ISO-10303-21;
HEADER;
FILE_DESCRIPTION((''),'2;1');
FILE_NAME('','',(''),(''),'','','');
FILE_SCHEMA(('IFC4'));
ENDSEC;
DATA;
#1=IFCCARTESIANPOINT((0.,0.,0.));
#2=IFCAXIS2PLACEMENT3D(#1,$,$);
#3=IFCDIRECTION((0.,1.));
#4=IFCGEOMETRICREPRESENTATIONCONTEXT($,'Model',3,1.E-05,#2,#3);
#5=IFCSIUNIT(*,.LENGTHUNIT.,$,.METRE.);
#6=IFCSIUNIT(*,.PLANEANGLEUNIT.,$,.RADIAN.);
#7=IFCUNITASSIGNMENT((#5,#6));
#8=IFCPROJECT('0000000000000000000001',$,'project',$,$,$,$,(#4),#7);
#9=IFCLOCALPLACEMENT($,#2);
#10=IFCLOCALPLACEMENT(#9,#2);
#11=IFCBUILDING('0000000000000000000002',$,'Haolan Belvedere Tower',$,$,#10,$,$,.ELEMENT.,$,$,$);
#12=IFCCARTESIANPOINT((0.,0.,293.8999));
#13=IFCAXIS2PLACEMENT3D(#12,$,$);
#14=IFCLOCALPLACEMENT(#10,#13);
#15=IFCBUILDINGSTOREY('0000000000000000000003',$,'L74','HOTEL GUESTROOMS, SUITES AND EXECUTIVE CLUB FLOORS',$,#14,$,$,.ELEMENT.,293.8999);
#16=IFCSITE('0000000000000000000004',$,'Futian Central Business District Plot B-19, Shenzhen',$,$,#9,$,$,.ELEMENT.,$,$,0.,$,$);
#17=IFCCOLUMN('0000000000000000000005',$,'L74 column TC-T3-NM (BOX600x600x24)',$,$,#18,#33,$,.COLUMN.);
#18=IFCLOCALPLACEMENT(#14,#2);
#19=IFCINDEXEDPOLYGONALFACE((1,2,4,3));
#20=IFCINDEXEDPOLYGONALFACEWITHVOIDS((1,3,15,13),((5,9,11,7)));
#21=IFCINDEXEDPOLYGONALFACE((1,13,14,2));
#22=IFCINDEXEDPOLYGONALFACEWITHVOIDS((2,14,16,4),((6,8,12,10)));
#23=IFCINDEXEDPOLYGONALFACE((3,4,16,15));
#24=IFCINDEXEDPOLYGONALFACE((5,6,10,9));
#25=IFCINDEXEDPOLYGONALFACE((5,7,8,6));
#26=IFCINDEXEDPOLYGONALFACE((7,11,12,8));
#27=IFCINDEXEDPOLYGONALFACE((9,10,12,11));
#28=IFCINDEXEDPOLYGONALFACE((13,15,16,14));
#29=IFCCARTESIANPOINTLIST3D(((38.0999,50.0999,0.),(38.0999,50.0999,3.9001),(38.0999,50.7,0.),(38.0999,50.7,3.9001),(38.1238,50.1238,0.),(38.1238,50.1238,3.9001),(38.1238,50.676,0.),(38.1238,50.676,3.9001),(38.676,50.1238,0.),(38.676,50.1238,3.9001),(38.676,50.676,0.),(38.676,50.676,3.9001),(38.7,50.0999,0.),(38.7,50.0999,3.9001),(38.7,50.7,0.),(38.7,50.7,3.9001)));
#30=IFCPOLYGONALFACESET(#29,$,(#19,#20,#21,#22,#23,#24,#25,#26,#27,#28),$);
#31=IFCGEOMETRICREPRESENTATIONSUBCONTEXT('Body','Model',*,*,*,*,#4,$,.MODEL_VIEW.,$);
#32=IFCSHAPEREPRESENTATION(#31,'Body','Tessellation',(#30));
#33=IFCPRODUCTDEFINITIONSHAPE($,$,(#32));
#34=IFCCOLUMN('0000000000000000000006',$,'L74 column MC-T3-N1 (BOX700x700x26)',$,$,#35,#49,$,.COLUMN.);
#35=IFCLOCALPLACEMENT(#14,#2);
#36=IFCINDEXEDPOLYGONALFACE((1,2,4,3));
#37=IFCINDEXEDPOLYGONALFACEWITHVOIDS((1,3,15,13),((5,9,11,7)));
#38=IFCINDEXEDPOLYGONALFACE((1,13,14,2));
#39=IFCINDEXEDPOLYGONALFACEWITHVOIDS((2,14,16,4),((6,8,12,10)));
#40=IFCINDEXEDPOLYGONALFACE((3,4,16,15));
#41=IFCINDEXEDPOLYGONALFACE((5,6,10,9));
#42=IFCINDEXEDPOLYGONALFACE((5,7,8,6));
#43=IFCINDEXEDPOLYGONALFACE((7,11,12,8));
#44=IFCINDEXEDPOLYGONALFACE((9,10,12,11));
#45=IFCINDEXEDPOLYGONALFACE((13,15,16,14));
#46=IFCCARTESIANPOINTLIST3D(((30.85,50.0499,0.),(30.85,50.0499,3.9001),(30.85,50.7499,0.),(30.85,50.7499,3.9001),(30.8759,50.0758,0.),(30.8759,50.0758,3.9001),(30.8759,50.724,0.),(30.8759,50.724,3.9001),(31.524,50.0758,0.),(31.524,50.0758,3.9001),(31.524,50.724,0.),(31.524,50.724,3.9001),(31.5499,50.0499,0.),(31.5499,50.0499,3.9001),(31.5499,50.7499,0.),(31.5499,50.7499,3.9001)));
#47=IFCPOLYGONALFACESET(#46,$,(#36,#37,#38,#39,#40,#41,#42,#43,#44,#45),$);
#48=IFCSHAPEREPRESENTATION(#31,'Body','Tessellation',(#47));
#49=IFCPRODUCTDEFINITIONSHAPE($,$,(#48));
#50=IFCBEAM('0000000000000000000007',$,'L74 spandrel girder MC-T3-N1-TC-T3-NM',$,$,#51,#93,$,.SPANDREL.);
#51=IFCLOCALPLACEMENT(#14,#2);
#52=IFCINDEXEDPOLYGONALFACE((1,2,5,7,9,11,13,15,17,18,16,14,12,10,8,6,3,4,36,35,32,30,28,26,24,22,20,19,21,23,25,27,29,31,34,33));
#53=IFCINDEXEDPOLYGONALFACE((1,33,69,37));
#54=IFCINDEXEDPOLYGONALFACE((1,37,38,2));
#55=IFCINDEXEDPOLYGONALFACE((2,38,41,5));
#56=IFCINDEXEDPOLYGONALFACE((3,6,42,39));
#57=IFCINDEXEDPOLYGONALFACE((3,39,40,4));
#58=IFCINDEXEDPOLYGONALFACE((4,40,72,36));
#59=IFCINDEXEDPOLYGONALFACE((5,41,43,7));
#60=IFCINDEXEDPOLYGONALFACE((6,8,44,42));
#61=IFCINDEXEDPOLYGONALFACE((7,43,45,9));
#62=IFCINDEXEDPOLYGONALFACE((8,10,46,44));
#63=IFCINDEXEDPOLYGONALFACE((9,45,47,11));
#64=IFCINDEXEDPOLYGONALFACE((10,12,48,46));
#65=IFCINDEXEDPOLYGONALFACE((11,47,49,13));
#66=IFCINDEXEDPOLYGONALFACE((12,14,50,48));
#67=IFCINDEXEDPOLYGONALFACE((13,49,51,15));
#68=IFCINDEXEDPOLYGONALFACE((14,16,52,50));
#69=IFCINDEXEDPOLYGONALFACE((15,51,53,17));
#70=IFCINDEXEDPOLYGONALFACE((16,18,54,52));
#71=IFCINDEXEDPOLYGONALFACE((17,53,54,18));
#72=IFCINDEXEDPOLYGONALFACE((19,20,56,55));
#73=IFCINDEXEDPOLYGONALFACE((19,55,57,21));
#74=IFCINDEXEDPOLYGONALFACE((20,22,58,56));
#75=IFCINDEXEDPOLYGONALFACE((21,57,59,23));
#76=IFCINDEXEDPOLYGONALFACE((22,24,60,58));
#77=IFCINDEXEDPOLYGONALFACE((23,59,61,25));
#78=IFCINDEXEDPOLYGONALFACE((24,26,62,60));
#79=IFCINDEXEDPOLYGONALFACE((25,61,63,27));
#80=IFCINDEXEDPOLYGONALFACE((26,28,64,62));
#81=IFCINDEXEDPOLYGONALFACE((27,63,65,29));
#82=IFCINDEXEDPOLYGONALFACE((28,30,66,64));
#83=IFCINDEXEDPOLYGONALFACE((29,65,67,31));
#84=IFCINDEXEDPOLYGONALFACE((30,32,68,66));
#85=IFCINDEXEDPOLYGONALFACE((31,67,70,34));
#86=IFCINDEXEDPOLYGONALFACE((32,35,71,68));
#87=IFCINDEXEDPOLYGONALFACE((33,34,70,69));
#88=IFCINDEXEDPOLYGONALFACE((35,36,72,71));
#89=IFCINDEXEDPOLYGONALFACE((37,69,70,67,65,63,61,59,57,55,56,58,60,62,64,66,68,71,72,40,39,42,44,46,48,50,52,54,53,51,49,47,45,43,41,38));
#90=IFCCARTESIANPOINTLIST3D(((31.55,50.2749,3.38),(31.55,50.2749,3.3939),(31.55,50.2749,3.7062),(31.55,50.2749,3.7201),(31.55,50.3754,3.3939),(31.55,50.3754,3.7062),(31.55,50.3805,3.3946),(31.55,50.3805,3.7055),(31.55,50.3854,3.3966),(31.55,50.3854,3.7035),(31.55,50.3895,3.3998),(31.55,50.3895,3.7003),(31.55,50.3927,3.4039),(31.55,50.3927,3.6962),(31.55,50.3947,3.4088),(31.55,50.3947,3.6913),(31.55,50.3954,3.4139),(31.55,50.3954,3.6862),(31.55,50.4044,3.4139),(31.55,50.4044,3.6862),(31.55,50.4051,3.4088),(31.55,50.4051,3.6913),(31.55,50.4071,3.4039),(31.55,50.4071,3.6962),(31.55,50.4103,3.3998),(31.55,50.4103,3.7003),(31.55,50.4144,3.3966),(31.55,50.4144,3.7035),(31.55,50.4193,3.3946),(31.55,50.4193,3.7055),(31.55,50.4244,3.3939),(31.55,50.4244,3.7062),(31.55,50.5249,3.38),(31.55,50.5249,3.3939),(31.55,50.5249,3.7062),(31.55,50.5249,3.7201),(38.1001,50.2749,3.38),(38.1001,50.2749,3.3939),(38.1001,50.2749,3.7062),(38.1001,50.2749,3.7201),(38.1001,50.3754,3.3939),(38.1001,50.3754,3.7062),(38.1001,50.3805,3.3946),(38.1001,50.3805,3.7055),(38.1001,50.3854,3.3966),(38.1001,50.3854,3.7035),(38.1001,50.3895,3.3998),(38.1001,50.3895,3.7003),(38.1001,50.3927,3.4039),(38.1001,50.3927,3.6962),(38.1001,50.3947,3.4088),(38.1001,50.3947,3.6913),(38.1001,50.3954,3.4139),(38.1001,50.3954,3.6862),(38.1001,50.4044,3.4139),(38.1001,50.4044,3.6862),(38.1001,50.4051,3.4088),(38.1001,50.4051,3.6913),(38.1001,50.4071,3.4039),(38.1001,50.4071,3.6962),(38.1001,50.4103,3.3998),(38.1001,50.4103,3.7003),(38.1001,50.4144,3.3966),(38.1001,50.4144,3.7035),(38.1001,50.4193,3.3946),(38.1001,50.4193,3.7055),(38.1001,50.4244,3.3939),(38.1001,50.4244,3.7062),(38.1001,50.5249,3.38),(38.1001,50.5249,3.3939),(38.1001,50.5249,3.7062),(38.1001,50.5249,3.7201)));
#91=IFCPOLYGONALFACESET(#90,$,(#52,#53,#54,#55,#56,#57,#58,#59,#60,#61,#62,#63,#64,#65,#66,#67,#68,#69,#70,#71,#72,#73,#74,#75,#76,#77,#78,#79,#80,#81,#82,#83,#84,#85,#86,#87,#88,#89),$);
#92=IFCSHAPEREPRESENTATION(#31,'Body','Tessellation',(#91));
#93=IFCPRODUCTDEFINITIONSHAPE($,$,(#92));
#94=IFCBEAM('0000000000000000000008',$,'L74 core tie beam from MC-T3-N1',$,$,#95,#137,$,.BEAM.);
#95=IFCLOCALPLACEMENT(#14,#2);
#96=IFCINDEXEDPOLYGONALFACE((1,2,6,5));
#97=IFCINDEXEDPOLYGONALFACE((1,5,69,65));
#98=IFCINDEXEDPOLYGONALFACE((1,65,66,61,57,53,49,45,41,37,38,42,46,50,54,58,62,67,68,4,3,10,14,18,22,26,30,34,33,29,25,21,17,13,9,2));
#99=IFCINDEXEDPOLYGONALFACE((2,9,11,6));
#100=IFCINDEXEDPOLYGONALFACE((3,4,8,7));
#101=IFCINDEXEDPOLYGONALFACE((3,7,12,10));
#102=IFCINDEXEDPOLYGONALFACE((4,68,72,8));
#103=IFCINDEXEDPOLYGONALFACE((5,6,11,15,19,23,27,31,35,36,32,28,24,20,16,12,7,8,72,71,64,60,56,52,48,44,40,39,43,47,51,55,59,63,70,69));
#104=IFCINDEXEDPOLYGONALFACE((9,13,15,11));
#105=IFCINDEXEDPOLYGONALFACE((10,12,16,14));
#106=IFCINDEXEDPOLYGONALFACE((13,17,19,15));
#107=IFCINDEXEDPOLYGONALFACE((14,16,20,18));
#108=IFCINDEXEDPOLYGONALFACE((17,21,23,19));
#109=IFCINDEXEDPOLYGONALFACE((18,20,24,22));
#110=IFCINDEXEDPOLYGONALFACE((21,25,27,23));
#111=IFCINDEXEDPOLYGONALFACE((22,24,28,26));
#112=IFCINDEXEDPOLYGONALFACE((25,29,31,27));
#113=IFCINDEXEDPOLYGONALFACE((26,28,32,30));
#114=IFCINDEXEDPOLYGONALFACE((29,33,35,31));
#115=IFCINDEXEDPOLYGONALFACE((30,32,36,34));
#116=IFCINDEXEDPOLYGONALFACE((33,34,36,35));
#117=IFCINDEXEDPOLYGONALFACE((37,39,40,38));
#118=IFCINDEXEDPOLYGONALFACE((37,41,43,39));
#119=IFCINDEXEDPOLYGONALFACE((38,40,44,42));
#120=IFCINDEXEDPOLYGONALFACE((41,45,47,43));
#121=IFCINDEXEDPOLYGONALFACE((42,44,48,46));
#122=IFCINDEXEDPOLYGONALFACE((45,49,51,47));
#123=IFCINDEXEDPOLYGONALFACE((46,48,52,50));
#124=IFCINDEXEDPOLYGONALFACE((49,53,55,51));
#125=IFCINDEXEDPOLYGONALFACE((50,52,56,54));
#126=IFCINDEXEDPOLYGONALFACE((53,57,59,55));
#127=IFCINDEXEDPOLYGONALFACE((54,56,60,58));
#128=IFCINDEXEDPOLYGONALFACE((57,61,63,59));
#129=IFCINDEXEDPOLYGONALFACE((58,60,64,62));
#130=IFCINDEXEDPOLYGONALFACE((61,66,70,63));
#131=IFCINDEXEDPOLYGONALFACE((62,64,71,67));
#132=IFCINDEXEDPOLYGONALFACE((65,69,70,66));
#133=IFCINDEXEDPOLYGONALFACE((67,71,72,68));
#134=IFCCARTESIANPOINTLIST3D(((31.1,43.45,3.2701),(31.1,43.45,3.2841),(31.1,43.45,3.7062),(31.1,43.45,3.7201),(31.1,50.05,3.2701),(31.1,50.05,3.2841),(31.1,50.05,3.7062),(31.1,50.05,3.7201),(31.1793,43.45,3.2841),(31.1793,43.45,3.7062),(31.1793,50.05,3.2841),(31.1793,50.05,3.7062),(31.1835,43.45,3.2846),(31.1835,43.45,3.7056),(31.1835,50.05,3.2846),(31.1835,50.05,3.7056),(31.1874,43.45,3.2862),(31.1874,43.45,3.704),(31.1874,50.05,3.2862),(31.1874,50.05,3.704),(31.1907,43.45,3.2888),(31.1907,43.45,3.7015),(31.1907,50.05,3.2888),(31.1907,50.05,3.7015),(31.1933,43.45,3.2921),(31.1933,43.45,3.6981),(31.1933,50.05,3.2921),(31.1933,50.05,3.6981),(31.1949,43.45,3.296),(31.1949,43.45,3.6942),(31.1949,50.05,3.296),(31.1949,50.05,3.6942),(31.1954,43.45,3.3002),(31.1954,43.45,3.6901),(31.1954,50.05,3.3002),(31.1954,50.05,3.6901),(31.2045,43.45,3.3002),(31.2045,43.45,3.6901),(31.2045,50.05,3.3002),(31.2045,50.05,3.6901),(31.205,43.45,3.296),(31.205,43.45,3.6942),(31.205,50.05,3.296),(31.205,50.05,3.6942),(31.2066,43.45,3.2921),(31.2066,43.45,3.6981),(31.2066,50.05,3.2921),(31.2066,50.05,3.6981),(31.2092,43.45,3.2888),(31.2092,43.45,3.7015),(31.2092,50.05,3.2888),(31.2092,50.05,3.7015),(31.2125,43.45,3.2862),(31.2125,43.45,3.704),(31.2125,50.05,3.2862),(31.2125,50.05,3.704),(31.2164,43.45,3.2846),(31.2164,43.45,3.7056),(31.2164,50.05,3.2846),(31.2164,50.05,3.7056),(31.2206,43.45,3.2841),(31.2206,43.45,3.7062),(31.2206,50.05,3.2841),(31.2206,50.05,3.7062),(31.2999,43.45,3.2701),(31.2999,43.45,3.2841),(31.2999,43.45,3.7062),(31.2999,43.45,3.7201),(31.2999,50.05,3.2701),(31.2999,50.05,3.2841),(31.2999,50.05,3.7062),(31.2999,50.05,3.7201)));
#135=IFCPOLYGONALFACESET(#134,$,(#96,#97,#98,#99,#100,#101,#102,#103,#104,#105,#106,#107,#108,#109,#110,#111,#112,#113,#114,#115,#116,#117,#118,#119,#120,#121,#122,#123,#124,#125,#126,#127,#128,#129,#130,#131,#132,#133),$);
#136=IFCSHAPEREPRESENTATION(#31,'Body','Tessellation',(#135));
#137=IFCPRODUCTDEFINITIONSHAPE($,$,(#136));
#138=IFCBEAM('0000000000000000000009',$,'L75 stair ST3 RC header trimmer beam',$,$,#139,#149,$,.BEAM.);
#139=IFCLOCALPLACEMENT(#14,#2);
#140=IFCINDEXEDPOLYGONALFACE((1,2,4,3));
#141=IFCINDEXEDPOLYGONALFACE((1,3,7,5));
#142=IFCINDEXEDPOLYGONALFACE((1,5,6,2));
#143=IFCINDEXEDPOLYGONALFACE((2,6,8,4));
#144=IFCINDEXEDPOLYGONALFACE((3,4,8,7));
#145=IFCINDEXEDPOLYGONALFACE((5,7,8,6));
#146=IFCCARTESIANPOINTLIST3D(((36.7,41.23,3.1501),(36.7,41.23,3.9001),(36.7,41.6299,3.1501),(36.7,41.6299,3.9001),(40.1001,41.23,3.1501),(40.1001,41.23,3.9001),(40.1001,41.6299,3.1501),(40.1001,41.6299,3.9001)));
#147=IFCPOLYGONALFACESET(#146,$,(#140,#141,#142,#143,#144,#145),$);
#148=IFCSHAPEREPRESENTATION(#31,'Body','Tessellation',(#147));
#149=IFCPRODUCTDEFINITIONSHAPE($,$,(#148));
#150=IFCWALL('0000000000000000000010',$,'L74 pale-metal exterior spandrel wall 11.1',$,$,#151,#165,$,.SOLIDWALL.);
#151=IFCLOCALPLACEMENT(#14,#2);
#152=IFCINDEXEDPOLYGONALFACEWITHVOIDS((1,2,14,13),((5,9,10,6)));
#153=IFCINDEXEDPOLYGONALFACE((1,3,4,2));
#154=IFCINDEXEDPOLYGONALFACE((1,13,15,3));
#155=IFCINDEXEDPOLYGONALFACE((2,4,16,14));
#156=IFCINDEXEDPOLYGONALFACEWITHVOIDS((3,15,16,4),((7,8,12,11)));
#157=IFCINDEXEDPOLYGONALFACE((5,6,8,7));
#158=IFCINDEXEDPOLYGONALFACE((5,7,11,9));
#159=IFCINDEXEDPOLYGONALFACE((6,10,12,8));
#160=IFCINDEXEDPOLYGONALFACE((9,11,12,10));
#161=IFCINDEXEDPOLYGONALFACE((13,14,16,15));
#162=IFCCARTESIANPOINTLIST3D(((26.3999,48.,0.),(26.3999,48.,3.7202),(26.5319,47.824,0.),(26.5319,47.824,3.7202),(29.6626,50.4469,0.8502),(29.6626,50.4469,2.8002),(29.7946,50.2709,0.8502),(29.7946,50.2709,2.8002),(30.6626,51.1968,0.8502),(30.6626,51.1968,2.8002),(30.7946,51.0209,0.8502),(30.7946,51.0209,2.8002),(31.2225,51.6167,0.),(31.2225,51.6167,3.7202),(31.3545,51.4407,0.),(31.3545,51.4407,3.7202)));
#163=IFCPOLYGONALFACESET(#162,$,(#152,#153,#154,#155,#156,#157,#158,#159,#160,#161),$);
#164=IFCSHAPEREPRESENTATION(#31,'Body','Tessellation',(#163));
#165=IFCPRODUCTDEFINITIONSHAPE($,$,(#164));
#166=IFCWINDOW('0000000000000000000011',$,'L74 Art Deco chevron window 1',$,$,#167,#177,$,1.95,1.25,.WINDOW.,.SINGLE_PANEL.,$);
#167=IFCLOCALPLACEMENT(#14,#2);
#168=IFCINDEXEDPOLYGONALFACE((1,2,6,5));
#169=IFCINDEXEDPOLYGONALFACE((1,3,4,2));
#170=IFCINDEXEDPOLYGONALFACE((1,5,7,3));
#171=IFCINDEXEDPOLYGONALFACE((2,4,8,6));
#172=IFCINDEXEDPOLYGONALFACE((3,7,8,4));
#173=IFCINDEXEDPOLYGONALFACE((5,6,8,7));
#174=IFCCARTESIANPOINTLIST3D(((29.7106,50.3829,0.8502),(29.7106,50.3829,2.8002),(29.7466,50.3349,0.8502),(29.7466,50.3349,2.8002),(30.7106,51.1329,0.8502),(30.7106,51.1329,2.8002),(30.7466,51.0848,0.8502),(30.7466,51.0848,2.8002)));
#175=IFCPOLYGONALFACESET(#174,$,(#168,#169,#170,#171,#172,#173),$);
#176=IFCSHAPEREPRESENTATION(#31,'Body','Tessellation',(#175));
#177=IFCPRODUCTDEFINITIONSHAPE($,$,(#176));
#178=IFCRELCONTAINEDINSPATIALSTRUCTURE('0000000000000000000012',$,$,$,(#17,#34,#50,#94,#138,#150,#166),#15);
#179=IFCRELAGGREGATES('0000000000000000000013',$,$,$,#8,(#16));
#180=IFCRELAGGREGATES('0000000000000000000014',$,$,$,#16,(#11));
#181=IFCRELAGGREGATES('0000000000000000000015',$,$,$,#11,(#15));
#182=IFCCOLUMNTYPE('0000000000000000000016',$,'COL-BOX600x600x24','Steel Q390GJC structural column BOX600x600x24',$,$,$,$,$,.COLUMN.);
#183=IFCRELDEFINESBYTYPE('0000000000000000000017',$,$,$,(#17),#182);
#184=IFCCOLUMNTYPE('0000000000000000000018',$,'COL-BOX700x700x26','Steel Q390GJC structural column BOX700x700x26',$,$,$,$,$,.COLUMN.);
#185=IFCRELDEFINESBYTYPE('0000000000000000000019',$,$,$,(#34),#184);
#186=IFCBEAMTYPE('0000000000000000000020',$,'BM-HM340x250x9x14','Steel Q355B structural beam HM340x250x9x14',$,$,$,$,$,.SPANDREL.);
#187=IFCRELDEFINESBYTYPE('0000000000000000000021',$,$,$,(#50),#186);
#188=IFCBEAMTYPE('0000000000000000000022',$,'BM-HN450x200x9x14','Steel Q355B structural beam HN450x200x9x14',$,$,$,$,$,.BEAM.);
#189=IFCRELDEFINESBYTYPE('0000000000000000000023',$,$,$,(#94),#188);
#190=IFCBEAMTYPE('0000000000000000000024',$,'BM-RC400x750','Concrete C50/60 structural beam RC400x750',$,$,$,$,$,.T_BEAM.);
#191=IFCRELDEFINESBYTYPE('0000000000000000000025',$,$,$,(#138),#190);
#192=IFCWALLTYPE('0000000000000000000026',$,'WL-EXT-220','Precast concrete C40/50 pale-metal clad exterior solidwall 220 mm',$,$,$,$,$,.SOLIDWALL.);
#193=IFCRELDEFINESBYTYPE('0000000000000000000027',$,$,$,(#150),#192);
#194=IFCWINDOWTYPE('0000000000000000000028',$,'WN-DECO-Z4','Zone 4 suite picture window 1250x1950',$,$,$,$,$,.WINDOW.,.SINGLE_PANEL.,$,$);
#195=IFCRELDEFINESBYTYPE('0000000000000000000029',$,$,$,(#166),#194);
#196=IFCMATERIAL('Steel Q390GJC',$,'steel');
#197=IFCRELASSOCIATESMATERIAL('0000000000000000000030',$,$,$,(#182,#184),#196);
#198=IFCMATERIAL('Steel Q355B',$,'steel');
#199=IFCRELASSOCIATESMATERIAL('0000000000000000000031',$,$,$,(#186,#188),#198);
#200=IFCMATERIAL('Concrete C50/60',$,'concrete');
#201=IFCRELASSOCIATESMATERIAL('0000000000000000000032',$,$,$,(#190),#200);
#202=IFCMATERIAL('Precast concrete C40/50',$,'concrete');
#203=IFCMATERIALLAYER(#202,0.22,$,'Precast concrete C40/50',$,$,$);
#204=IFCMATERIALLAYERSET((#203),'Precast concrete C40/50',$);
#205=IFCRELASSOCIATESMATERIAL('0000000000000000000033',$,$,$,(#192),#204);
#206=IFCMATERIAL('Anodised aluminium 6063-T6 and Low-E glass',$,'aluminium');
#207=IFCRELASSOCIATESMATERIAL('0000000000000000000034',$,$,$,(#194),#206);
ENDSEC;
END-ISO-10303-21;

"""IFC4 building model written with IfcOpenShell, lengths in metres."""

from ifc_helpers import new_model, si_unit, direction, frame, frame_2d, origin, origin_2d, place, context, subcontext, project, spatial, rectangle, hollow_rectangle, i_section, extrude, material, layer, layer_set, material_profile, profile_set, type_object, element, fill, save


model = new_model("IFC4")

# Units and contexts
model_context = context("Model", 3, precision=1e-05, world=origin(), true_north=direction((0.0, 1.0)))
body_context = subcontext(model_context, "Body", "Model", "MODEL_VIEW")
ifc_project = project(units=[si_unit("LENGTHUNIT", "METRE"), si_unit("PLANEANGLEUNIT", "RADIAN")], contexts=[model_context])

# Site, building, storey
site_placement = place(None, origin())
site = spatial("IfcSite", under=ifc_project, at=site_placement, Name="Futian Central Business District Plot B-19, Shenzhen", CompositionType="ELEMENT", RefElevation=0.0)
building_placement = place(site_placement, origin())
building = spatial("IfcBuilding", under=site, at=building_placement, Name="Haolan Belvedere Tower", CompositionType="ELEMENT")
storey_placement = place(building_placement, frame((0.0, 0.0, 293.8999)))
storey = spatial("IfcBuildingStorey", under=building, at=storey_placement, Name="L74", Description="HOTEL GUESTROOMS, SUITES AND EXECUTIVE CLUB FLOORS", CompositionType="ELEMENT", Elevation=293.8999)

# Columns
ifc_material_1 = material(Name="Steel Q390GJC", Category="steel")
ifc_material_profile_1 = material_profile(ifc_material_1, hollow_rectangle(XDim=0.6001, YDim=0.6001, WallThickness=0.0239, at=origin_2d()), Name="Steel Q390GJC")
ifc_profile_set_1 = profile_set([ifc_material_profile_1], Name="Steel Q390GJC")
column_type_1 = type_object("IfcColumnType", Name="COL-BOX600x600x24", Description="Steel Q390GJC structural column BOX600x600x24", PredefinedType="COLUMN", material=ifc_profile_set_1)
column_1_placement = place(storey_placement, frame((38.3999, 50.3999, 0.0), z_axis=(0.0, 0.0, 1.0), x_axis=(1.0, 0.0, 0.0)))
element("IfcColumn", 1, at=column_1_placement, inside=storey, type_object=column_type_1, Name="L74 column TC-T3-NM (BOX600x600x24)", PredefinedType="COLUMN", context=body_context, shape_type="SweptSolid", body=[
    extrude(hollow_rectangle(XDim=0.6001, YDim=0.6001, WallThickness=0.0239, at=origin_2d()), origin(), (0.0, 0.0, 1.0), 3.9001),
])
ifc_material_profile_2 = material_profile(ifc_material_1, hollow_rectangle(XDim=0.7, YDim=0.7, WallThickness=0.0259, at=origin_2d()), Name="Steel Q390GJC")
ifc_profile_set_2 = profile_set([ifc_material_profile_2], Name="Steel Q390GJC")
column_type_2 = type_object("IfcColumnType", Name="COL-BOX700x700x26", Description="Steel Q390GJC structural column BOX700x700x26", PredefinedType="COLUMN", material=ifc_profile_set_2)
column_2_placement = place(storey_placement, frame((31.2, 50.3999, 0.0), z_axis=(0.0, 0.0, 1.0), x_axis=(1.0, 0.0, 0.0)))
element("IfcColumn", 2, at=column_2_placement, inside=storey, type_object=column_type_2, Name="L74 column MC-T3-N1 (BOX700x700x26)", PredefinedType="COLUMN", context=body_context, shape_type="SweptSolid", body=[
    extrude(hollow_rectangle(XDim=0.7, YDim=0.7, WallThickness=0.0259, at=origin_2d()), origin(), (0.0, 0.0, 1.0), 3.9001),
])

# Beams
ifc_material_2 = material(Name="Steel Q355B", Category="steel")
ifc_material_profile_3 = material_profile(ifc_material_2, i_section(OverallWidth=0.25, OverallDepth=0.3401, WebThickness=0.009, FlangeThickness=0.0139, FilletRadius=0.02, at=origin_2d()), Name="Steel Q355B")
ifc_profile_set_3 = profile_set([ifc_material_profile_3], Name="Steel Q355B")
beam_type_1 = type_object("IfcBeamType", Name="BM-HM340x250x9x14", Description="Steel Q355B structural beam HM340x250x9x14", PredefinedType="SPANDREL", material=ifc_profile_set_3)
beam_1_placement = place(storey_placement, frame((31.55, 50.3999, 3.55), z_axis=(1.0, 0.0, 0.0), x_axis=(0.0, 1.0, 0.0)))
element("IfcBeam", 3, at=beam_1_placement, inside=storey, type_object=beam_type_1, Name="L74 spandrel girder MC-T3-N1-TC-T3-NM", PredefinedType="SPANDREL", context=body_context, shape_type="SweptSolid", body=[
    extrude(i_section(OverallWidth=0.25, OverallDepth=0.3401, WebThickness=0.009, FlangeThickness=0.0139, FilletRadius=0.02, at=origin_2d()), origin(), (0.0, 0.0, 1.0), 6.55),
])
ifc_material_profile_4 = material_profile(ifc_material_2, i_section(OverallWidth=0.2, OverallDepth=0.45, WebThickness=0.009, FlangeThickness=0.0139, FilletRadius=0.0161, at=origin_2d()), Name="Steel Q355B")
ifc_profile_set_4 = profile_set([ifc_material_profile_4], Name="Steel Q355B")
beam_type_2 = type_object("IfcBeamType", Name="BM-HN450x200x9x14", Description="Steel Q355B structural beam HN450x200x9x14", PredefinedType="BEAM", material=ifc_profile_set_4)
beam_2_placement = place(storey_placement, frame((31.2, 50.05, 3.4951), z_axis=(0.0, -1.0, 0.0), x_axis=(1.0, 0.0, 0.0)))
element("IfcBeam", 4, at=beam_2_placement, inside=storey, type_object=beam_type_2, Name="L74 core tie beam from MC-T3-N1", PredefinedType="BEAM", context=body_context, shape_type="SweptSolid", body=[
    extrude(i_section(OverallWidth=0.2, OverallDepth=0.45, WebThickness=0.009, FlangeThickness=0.0139, FilletRadius=0.0161, at=origin_2d()), origin(), (0.0, 0.0, 1.0), 6.6001),
])
ifc_material_3 = material(Name="Concrete C50/60", Category="concrete")
ifc_material_profile_5 = material_profile(ifc_material_3, rectangle(XDim=0.3999, YDim=0.75, at=origin_2d()), Name="Concrete C50/60")
ifc_profile_set_5 = profile_set([ifc_material_profile_5], Name="Concrete C50/60")
beam_type_3 = type_object("IfcBeamType", Name="BM-RC400x750", Description="Concrete C50/60 structural beam RC400x750", PredefinedType="T_BEAM", material=ifc_profile_set_5)
beam_3_placement = place(storey_placement, frame((36.7, 41.4299, 3.5251), z_axis=(1.0, 0.0, 0.0), x_axis=(0.0, 1.0, 0.0)))
element("IfcBeam", 5, at=beam_3_placement, inside=storey, type_object=beam_type_3, Name="L75 stair ST3 RC header trimmer beam", PredefinedType="BEAM", context=body_context, shape_type="SweptSolid", body=[
    extrude(rectangle(XDim=0.3999, YDim=0.75, at=origin_2d()), origin(), (0.0, 0.0, 1.0), 3.4001),
])

# Wall, opening, window
ifc_material_4 = material(Name="Precast concrete C40/50", Category="concrete")
ifc_layer_1 = layer(ifc_material_4, 0.22, Name="Precast concrete C40/50")
ifc_layer_set_1 = layer_set([ifc_layer_1], Name="Precast concrete C40/50")
wall_type_1 = type_object("IfcWallType", Name="WL-EXT-220", Description="Precast concrete C40/50 pale-metal clad exterior solidwall 220 mm", PredefinedType="SOLIDWALL", material=ifc_layer_set_1)
wall_1_placement = place(storey_placement, frame((31.2886, 51.5288, 0.0), z_axis=(0.0, 0.0, 1.0), x_axis=(-0.800015, -0.599981, 0.0)))
wall_1 = element("IfcWall", 6, at=wall_1_placement, inside=storey, type_object=wall_type_1, Name="L74 pale-metal exterior spandrel wall 11.1", PredefinedType="SOLIDWALL", context=body_context, shape_type="SweptSolid", body=[
    extrude(rectangle(XDim=6.0281, YDim=0.22, at=frame_2d((3.0142, 0.0))), origin(), (0.0, 0.0, 1.0), 3.7202),
])
opening_1_placement = place(wall_1_placement, frame((0.7, 0.0, 0.8501)))
opening_1 = element("IfcOpeningElement", 7, at=opening_1_placement, cuts=wall_1, PredefinedType="OPENING", context=body_context, shape_type="SweptSolid", body=[
    extrude(rectangle(XDim=1.25, YDim=1.95, at=frame_2d((0.625, 0.9751))), frame((0.0, 0.1199, 0.0), z_axis=(0.0, -1.0, 0.0), x_axis=(1.0, 0.0, 0.0)), (0.0, 0.0, 1.0), 0.24),
])
ifc_material_5 = material(Name="Anodised aluminium 6063-T6 and Low-E glass", Category="aluminium")
window_type = type_object("IfcWindowType", Name="WN-DECO-Z4", Description="Zone 4 suite picture window 1250x1950", PartitioningType="SINGLE_PANEL", PredefinedType="WINDOW", material=ifc_material_5)
window_placement = place(opening_1_placement, origin())
window = element("IfcWindow", 8, at=window_placement, inside=storey, type_object=window_type, Name="L74 Art Deco chevron window 1", OverallHeight=1.95, OverallWidth=1.25, PartitioningType="SINGLE_PANEL", PredefinedType="WINDOW", context=body_context, shape_type="SweptSolid", body=[
    extrude(rectangle(XDim=1.25, YDim=1.95, at=frame_2d((0.625, 0.9751))), frame((0.0, 0.03, 0.0), z_axis=(0.0, -1.0, 0.0), x_axis=(1.0, 0.0, 0.0)), (0.0, 0.0, 1.0), 0.0601),
])
fill(opening_1, window)

save(model, "model.ifc")
